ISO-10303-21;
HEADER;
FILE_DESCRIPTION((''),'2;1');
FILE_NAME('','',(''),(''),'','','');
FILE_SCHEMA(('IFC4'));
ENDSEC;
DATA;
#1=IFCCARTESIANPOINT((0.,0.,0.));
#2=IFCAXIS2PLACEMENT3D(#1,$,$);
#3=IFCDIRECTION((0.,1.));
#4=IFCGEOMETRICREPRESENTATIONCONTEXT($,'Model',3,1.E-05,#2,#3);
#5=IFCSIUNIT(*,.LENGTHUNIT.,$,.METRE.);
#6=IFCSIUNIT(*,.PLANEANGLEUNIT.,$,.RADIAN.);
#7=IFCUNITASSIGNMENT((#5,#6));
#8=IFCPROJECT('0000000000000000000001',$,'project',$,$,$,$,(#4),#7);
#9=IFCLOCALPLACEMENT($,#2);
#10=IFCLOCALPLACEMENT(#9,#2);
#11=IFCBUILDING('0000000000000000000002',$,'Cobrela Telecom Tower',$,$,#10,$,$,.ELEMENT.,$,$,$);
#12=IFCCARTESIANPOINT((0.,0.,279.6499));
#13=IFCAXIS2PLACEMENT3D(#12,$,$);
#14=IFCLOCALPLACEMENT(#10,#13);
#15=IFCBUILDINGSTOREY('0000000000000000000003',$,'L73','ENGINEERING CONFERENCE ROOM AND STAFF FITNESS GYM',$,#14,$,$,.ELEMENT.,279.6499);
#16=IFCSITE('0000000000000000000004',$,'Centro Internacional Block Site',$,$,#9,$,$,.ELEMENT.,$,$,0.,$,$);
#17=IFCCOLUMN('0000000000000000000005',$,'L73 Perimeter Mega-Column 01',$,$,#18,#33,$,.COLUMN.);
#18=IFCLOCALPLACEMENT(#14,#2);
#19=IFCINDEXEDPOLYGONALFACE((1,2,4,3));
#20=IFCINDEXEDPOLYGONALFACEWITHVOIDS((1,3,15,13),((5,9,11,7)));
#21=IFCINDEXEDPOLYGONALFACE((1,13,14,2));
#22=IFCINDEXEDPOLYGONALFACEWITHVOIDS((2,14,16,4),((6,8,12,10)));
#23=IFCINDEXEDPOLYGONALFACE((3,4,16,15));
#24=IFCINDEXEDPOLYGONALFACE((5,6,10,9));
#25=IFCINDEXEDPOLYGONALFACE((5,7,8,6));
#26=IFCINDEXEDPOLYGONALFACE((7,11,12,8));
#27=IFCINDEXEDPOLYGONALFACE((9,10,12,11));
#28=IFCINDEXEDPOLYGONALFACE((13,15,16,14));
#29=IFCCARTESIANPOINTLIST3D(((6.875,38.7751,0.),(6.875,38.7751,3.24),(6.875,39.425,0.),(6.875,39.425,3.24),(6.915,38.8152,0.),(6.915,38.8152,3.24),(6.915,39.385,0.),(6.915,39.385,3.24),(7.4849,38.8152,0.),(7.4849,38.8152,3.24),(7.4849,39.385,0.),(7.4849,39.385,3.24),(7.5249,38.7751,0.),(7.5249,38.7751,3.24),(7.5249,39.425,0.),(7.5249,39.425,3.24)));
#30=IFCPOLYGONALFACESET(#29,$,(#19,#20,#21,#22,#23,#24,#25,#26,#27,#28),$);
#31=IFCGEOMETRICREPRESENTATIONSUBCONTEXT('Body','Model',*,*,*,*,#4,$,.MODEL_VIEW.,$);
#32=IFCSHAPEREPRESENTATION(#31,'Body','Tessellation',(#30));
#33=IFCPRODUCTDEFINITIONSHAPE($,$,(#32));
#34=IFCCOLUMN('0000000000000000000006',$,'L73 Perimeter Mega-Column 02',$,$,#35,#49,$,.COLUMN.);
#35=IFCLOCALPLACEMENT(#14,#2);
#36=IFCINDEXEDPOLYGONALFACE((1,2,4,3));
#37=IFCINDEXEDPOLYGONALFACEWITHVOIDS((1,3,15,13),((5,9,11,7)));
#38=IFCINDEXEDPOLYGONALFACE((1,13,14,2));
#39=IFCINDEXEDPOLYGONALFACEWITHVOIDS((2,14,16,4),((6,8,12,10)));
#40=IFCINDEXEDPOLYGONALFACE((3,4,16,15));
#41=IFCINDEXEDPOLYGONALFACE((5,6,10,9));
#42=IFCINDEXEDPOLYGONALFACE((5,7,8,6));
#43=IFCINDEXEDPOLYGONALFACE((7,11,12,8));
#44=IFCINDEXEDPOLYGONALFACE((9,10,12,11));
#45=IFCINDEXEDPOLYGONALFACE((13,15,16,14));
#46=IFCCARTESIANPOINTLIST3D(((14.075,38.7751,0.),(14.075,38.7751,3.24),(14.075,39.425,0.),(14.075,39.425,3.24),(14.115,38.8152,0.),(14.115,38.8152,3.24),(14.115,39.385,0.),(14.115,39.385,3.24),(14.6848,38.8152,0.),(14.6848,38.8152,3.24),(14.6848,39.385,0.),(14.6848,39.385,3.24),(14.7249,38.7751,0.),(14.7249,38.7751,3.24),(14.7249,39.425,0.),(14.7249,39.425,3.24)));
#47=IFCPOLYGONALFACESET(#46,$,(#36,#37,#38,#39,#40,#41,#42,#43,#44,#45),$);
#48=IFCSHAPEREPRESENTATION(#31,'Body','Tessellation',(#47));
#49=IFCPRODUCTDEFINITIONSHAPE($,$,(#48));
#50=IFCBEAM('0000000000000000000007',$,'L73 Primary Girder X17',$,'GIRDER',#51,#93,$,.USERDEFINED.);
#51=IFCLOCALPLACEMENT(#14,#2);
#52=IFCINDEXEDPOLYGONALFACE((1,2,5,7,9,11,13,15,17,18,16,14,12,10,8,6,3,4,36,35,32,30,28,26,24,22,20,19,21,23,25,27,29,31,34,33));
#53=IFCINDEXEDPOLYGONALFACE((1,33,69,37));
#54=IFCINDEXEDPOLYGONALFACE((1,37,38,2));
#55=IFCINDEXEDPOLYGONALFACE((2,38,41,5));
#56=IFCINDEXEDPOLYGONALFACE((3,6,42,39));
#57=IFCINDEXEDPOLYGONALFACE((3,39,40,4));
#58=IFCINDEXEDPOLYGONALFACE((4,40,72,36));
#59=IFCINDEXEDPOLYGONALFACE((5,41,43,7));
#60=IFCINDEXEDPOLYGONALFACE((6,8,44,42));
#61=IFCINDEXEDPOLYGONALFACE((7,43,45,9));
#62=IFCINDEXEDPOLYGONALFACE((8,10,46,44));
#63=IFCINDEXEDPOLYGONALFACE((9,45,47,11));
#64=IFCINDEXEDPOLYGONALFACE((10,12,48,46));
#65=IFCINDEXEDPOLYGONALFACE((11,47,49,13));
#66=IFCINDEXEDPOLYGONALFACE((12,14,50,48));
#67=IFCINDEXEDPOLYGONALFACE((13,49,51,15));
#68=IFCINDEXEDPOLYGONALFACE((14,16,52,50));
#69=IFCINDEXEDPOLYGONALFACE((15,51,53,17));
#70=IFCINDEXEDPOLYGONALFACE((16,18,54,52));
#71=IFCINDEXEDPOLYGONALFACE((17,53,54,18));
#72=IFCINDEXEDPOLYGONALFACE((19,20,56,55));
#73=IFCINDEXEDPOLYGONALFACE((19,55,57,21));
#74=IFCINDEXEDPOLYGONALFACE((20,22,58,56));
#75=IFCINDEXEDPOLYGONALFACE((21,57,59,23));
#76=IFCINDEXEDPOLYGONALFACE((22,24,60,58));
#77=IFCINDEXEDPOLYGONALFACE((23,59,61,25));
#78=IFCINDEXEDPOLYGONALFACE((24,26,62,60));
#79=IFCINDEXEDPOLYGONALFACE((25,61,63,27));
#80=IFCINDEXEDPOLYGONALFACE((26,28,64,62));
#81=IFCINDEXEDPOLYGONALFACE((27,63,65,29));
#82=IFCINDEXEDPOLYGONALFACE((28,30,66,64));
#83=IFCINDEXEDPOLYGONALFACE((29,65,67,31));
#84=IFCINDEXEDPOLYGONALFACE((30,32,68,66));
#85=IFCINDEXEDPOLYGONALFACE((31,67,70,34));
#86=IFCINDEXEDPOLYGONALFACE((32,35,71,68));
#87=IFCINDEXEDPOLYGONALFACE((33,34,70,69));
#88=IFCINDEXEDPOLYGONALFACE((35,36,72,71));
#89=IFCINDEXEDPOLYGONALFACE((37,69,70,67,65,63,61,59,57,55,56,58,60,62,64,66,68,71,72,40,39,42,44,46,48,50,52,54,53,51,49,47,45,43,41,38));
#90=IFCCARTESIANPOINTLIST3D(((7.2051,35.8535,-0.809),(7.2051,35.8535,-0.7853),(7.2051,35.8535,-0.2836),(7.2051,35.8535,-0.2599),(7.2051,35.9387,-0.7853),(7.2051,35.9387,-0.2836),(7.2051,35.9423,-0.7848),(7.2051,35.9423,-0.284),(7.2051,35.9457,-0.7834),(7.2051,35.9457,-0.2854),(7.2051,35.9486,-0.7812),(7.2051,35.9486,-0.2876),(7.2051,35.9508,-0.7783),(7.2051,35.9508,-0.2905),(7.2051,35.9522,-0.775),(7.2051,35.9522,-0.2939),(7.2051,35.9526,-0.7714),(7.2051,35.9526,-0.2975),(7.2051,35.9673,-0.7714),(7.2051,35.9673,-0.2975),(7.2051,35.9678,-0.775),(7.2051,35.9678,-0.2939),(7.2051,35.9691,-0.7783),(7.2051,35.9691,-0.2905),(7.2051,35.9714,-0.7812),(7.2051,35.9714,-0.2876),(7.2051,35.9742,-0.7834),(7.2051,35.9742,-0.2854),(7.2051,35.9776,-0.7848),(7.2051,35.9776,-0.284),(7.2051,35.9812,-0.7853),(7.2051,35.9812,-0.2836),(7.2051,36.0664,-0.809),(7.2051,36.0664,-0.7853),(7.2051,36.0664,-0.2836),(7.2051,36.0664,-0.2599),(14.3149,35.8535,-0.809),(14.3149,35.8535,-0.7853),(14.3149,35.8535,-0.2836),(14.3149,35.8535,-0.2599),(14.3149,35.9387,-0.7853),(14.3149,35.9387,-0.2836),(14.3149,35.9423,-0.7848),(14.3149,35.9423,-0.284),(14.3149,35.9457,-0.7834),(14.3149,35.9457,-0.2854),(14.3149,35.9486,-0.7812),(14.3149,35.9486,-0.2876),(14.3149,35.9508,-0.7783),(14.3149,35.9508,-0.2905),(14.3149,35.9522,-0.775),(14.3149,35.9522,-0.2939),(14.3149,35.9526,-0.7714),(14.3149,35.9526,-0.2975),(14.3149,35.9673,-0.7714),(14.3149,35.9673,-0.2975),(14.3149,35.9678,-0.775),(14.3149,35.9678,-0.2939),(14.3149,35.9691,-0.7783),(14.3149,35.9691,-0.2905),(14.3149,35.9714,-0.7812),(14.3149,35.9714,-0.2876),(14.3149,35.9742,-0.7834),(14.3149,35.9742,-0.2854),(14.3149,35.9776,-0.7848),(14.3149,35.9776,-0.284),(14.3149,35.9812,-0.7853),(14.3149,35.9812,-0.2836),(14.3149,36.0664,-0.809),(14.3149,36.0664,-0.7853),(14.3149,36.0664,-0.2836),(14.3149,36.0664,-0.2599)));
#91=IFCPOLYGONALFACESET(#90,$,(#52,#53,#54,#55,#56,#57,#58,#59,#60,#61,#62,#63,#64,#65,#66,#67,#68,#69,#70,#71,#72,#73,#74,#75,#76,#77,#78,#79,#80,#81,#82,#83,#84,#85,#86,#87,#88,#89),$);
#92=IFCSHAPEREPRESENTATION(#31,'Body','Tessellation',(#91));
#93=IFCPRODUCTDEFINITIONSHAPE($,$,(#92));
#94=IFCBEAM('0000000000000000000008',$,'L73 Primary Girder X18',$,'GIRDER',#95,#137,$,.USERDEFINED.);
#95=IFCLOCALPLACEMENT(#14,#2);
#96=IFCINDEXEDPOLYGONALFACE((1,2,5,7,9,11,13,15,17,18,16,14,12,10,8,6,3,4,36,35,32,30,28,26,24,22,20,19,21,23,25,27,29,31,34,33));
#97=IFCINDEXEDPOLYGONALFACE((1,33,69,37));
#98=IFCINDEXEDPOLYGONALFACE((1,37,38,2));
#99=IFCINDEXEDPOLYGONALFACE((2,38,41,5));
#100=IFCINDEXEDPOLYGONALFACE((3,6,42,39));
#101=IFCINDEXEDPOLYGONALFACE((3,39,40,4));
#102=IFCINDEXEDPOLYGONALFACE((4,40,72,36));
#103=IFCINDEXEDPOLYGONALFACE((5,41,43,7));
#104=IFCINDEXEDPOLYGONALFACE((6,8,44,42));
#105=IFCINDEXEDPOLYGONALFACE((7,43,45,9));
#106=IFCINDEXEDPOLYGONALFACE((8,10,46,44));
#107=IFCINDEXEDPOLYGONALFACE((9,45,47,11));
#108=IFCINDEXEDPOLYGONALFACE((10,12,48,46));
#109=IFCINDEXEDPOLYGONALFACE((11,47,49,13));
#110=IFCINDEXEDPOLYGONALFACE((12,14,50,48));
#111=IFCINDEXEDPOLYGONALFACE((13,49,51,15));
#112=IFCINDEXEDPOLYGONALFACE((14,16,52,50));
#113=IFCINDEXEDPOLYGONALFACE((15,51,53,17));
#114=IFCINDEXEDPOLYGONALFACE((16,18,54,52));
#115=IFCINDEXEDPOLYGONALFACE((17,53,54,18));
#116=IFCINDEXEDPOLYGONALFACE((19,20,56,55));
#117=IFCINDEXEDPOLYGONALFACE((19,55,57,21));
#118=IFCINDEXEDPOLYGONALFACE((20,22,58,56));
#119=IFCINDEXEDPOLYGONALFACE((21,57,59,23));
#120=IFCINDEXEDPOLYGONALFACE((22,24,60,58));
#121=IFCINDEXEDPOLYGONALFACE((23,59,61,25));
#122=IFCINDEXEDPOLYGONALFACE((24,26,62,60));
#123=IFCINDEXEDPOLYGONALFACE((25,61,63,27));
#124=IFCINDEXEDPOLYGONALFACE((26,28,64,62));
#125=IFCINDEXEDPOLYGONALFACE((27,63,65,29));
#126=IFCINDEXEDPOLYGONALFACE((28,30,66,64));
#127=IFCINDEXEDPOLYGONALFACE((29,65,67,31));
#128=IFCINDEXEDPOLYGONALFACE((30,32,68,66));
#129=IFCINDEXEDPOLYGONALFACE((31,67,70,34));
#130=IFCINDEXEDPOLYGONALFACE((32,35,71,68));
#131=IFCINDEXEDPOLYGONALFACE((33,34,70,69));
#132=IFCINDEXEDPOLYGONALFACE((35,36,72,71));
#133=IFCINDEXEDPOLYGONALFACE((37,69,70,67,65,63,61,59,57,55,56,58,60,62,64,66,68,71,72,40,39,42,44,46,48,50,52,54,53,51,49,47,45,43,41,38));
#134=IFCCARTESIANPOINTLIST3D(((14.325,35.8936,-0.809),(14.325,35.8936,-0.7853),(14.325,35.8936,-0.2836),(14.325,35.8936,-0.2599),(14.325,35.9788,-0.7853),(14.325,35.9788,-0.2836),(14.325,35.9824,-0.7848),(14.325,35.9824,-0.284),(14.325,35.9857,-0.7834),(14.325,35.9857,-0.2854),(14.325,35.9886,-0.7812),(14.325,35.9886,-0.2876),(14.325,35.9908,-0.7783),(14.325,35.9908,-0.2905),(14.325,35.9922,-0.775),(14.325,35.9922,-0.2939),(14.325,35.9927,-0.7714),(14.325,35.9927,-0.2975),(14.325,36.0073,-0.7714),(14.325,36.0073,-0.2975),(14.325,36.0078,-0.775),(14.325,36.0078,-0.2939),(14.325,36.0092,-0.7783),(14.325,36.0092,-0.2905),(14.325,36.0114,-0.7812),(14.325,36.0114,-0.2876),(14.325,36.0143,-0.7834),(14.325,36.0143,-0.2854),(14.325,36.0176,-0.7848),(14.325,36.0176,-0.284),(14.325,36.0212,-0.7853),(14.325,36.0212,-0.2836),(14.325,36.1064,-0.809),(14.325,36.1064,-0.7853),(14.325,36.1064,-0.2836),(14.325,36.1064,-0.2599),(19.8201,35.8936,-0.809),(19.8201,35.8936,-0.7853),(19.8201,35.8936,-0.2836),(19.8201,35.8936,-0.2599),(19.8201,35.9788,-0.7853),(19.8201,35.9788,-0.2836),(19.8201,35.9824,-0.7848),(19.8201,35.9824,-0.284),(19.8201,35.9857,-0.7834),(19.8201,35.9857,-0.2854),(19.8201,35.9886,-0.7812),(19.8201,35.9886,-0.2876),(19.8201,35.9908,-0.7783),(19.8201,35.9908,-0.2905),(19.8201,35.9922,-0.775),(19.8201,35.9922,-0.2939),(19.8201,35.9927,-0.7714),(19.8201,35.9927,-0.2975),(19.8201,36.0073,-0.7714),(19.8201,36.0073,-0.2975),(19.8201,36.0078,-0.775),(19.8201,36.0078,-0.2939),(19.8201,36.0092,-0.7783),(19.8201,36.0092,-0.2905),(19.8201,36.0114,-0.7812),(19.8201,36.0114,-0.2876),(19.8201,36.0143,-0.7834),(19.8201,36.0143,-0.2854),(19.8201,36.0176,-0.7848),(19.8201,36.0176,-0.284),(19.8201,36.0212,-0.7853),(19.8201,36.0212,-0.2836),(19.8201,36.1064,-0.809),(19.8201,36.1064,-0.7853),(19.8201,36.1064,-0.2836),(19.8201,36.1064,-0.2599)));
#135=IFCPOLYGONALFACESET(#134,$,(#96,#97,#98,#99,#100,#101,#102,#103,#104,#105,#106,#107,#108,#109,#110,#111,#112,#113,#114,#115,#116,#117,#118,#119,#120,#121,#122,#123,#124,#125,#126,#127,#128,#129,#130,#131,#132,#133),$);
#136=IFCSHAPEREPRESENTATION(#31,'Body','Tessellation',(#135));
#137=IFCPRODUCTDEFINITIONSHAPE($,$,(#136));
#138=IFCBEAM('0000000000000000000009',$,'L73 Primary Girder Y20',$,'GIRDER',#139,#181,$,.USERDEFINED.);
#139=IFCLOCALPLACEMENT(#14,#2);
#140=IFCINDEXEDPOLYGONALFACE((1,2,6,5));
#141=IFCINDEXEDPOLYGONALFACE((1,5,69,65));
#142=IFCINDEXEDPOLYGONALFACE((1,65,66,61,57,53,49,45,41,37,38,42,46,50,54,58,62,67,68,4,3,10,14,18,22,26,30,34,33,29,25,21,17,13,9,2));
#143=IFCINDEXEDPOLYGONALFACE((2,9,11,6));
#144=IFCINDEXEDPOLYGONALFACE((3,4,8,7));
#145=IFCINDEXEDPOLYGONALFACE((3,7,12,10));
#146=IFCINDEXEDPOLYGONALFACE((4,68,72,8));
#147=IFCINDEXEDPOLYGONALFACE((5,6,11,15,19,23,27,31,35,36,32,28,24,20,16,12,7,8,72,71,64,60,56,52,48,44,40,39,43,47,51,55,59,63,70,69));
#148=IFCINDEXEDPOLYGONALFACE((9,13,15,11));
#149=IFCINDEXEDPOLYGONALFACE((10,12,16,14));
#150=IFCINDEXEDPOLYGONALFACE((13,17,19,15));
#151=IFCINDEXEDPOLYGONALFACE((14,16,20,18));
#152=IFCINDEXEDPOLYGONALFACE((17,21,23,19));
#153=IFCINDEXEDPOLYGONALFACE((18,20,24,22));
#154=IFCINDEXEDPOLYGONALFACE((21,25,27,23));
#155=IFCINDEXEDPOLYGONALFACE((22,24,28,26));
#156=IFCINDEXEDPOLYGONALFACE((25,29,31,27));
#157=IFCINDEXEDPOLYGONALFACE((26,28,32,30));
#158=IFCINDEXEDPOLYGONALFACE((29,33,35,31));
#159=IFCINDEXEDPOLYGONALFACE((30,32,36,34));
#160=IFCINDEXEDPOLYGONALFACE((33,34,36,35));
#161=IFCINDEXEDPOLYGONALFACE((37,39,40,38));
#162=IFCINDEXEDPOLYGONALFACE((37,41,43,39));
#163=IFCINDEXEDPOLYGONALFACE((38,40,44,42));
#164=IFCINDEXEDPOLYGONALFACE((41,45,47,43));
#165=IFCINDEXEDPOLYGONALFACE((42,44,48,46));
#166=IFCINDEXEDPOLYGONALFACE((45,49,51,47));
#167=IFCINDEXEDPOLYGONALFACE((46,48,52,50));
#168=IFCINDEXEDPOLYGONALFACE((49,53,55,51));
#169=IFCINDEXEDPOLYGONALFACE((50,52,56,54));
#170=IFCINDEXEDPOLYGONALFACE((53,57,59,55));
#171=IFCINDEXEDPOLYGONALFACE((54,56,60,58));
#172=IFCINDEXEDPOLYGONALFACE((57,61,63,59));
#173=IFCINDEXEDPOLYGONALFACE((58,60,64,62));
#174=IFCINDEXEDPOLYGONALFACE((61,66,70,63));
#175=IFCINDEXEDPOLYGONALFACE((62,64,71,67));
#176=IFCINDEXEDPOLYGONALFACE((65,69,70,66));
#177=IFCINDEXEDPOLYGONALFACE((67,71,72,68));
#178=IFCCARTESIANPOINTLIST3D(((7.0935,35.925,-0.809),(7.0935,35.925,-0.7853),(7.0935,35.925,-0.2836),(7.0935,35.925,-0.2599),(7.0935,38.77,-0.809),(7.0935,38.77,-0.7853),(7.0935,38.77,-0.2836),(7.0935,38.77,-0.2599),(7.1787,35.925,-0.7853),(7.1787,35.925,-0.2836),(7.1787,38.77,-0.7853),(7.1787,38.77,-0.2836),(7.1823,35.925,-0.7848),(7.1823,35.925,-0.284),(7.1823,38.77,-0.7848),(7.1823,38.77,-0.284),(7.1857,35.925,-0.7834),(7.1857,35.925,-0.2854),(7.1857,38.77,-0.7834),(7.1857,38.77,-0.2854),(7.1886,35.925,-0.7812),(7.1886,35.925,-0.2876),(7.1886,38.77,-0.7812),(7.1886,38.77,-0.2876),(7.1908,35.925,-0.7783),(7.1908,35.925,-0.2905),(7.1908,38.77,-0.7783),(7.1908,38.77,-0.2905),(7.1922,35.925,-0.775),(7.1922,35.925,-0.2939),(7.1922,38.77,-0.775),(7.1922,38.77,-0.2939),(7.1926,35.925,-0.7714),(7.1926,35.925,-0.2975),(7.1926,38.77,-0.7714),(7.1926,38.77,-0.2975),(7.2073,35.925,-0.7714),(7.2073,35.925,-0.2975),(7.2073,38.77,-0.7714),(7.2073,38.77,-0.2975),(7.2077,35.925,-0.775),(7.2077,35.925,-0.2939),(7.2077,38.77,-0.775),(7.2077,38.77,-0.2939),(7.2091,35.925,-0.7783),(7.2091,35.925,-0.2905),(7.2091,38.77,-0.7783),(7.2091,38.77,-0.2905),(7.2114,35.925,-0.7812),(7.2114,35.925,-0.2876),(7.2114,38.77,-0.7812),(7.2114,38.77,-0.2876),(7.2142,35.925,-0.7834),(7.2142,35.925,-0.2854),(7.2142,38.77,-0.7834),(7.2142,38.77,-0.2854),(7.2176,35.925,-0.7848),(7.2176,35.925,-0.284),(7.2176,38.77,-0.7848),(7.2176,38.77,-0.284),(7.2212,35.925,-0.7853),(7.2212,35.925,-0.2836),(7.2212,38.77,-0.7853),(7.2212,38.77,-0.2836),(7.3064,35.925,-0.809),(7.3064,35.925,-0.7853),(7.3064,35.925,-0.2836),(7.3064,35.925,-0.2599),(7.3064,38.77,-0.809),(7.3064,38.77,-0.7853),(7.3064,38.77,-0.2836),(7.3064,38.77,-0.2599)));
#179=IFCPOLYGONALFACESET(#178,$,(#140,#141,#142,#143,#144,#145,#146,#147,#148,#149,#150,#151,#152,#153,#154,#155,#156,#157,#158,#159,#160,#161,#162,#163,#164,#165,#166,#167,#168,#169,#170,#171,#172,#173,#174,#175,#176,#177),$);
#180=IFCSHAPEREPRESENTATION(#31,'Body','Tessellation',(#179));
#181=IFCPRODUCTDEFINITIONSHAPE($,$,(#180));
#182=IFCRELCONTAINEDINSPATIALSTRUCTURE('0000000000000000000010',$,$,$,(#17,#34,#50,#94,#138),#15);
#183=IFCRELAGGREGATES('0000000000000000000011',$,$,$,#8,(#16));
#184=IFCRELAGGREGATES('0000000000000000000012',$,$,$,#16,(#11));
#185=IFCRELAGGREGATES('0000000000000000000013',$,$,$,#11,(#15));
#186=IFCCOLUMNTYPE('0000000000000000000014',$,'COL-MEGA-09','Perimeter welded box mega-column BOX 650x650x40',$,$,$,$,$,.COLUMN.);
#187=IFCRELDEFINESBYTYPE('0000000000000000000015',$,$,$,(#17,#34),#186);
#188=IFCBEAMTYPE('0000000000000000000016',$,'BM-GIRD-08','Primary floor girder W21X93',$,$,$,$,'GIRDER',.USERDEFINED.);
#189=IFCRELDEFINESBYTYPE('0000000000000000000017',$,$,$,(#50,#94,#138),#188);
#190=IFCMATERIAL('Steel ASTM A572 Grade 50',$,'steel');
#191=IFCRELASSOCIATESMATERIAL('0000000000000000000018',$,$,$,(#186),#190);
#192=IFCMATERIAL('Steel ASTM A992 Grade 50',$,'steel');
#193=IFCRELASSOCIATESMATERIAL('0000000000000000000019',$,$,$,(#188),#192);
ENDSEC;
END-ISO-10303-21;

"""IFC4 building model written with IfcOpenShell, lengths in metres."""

from ifc_helpers import new_model, si_unit, direction, frame, origin, origin_2d, place, context, subcontext, project, spatial, hollow_rectangle, i_section, extrude, material, material_profile, profile_set, type_object, element, save


model = new_model("IFC4")

# Units and contexts
model_context = context("Model", 3, precision=1e-05, world=origin(), true_north=direction((0.0, 1.0)))
body_context = subcontext(model_context, "Body", "Model", "MODEL_VIEW")
ifc_project = project(units=[si_unit("LENGTHUNIT", "METRE"), si_unit("PLANEANGLEUNIT", "RADIAN")], contexts=[model_context])

# Site, building, storey
site_placement = place(None, origin())
site = spatial("IfcSite", under=ifc_project, at=site_placement, Name="Centro Internacional Block Site", CompositionType="ELEMENT", RefElevation=0.0)
building_placement = place(site_placement, origin())
building = spatial("IfcBuilding", under=site, at=building_placement, Name="Cobrela Telecom Tower", CompositionType="ELEMENT")
storey_placement = place(building_placement, frame((0.0, 0.0, 279.6499)))
storey = spatial("IfcBuildingStorey", under=building, at=storey_placement, Name="L73", Description="ENGINEERING CONFERENCE ROOM AND STAFF FITNESS GYM", CompositionType="ELEMENT", Elevation=279.6499)

# Columns
ifc_material_1 = material(Name="Steel ASTM A572 Grade 50", Category="steel")
ifc_material_profile_1 = material_profile(ifc_material_1, hollow_rectangle(XDim=0.6499, YDim=0.6499, WallThickness=0.04, at=origin_2d()), Name="BOX 650x650x40")
ifc_profile_set_1 = profile_set([ifc_material_profile_1], Name="Steel ASTM A572 Grade 50")
column_type = type_object("IfcColumnType", Name="COL-MEGA-09", Description="Perimeter welded box mega-column BOX 650x650x40", PredefinedType="COLUMN", material=ifc_profile_set_1)
for number, where, z_axis, x_axis, name in (
    (1, (7.2, 39.1001, 0.0), (0.0, 0.0, 1.0), (1.0, 0.0, 0.0), "L73 Perimeter Mega-Column 01"),
    (2, (14.3999, 39.1001, 0.0), (0.0, 0.0, 1.0), (1.0, 0.0, 0.0), "L73 Perimeter Mega-Column 02"),
):
    element("IfcColumn", number, at=place(storey_placement, frame(where, z_axis=z_axis, x_axis=x_axis)), inside=storey, type_object=column_type, Name=name, PredefinedType="COLUMN", context=body_context, shape_type="SweptSolid", body=[
        extrude(hollow_rectangle(XDim=0.6499, YDim=0.6499, WallThickness=0.04, at=origin_2d()), origin(), (0.0, 0.0, 1.0), 3.24),
    ])

# Beams
ifc_material_2 = material(Name="Steel ASTM A992 Grade 50", Category="steel")
ifc_material_profile_2 = material_profile(ifc_material_2, i_section(OverallWidth=0.2129, OverallDepth=0.5491, WebThickness=0.0146, FlangeThickness=0.0237, FilletRadius=0.0139, at=origin_2d()), Name="W21X93")
ifc_profile_set_2 = profile_set([ifc_material_profile_2], Name="Steel ASTM A992 Grade 50")
beam_type_1 = type_object("IfcBeamType", Name="BM-GIRD-08", Description="Primary floor girder W21X93", ElementType="GIRDER", PredefinedType="USERDEFINED", material=ifc_profile_set_2)
beam_1_placement = place(storey_placement, frame((7.2051, 35.96, -0.5344), z_axis=(1.0, 0.0, 0.0), x_axis=(0.0, 1.0, 0.0)))
element("IfcBeam", 3, at=beam_1_placement, inside=storey, type_object=beam_type_1, Name="L73 Primary Girder X17", ObjectType="GIRDER", PredefinedType="USERDEFINED", context=body_context, shape_type="SweptSolid", body=[
    extrude(i_section(OverallWidth=0.2129, OverallDepth=0.5491, WebThickness=0.0146, FlangeThickness=0.0237, FilletRadius=0.0139, at=origin_2d()), origin(), (0.0, 0.0, 1.0), 7.1099),
])
beam_2_placement = place(storey_placement, frame((14.325, 36.0, -0.5344), z_axis=(1.0, 0.0, 0.0), x_axis=(0.0, 1.0, 0.0)))
element("IfcBeam", 4, at=beam_2_placement, inside=storey, type_object=beam_type_1, Name="L73 Primary Girder X18", ObjectType="GIRDER", PredefinedType="USERDEFINED", context=body_context, shape_type="SweptSolid", body=[
    extrude(i_section(OverallWidth=0.2129, OverallDepth=0.5491, WebThickness=0.0146, FlangeThickness=0.0237, FilletRadius=0.0139, at=origin_2d()), origin(), (0.0, 0.0, 1.0), 5.4951),
])
for number, where, z_axis, x_axis, name in (
    (5, (7.2, 35.925, -0.5344), (0.0, 1.0, 0.0), (-1.0, 0.0, 0.0), "L73 Primary Girder Y20"),
):
    element("IfcBeam", number, at=place(storey_placement, frame(where, z_axis=z_axis, x_axis=x_axis)), inside=storey, type_object=beam_type_1, Name=name, ObjectType="GIRDER", PredefinedType="USERDEFINED", context=body_context, shape_type="SweptSolid", body=[
        extrude(i_section(OverallWidth=0.2129, OverallDepth=0.5491, WebThickness=0.0146, FlangeThickness=0.0237, FilletRadius=0.0139, at=origin_2d()), origin(), (0.0, 0.0, 1.0), 2.845),
    ])

save(model, "model.ifc")
